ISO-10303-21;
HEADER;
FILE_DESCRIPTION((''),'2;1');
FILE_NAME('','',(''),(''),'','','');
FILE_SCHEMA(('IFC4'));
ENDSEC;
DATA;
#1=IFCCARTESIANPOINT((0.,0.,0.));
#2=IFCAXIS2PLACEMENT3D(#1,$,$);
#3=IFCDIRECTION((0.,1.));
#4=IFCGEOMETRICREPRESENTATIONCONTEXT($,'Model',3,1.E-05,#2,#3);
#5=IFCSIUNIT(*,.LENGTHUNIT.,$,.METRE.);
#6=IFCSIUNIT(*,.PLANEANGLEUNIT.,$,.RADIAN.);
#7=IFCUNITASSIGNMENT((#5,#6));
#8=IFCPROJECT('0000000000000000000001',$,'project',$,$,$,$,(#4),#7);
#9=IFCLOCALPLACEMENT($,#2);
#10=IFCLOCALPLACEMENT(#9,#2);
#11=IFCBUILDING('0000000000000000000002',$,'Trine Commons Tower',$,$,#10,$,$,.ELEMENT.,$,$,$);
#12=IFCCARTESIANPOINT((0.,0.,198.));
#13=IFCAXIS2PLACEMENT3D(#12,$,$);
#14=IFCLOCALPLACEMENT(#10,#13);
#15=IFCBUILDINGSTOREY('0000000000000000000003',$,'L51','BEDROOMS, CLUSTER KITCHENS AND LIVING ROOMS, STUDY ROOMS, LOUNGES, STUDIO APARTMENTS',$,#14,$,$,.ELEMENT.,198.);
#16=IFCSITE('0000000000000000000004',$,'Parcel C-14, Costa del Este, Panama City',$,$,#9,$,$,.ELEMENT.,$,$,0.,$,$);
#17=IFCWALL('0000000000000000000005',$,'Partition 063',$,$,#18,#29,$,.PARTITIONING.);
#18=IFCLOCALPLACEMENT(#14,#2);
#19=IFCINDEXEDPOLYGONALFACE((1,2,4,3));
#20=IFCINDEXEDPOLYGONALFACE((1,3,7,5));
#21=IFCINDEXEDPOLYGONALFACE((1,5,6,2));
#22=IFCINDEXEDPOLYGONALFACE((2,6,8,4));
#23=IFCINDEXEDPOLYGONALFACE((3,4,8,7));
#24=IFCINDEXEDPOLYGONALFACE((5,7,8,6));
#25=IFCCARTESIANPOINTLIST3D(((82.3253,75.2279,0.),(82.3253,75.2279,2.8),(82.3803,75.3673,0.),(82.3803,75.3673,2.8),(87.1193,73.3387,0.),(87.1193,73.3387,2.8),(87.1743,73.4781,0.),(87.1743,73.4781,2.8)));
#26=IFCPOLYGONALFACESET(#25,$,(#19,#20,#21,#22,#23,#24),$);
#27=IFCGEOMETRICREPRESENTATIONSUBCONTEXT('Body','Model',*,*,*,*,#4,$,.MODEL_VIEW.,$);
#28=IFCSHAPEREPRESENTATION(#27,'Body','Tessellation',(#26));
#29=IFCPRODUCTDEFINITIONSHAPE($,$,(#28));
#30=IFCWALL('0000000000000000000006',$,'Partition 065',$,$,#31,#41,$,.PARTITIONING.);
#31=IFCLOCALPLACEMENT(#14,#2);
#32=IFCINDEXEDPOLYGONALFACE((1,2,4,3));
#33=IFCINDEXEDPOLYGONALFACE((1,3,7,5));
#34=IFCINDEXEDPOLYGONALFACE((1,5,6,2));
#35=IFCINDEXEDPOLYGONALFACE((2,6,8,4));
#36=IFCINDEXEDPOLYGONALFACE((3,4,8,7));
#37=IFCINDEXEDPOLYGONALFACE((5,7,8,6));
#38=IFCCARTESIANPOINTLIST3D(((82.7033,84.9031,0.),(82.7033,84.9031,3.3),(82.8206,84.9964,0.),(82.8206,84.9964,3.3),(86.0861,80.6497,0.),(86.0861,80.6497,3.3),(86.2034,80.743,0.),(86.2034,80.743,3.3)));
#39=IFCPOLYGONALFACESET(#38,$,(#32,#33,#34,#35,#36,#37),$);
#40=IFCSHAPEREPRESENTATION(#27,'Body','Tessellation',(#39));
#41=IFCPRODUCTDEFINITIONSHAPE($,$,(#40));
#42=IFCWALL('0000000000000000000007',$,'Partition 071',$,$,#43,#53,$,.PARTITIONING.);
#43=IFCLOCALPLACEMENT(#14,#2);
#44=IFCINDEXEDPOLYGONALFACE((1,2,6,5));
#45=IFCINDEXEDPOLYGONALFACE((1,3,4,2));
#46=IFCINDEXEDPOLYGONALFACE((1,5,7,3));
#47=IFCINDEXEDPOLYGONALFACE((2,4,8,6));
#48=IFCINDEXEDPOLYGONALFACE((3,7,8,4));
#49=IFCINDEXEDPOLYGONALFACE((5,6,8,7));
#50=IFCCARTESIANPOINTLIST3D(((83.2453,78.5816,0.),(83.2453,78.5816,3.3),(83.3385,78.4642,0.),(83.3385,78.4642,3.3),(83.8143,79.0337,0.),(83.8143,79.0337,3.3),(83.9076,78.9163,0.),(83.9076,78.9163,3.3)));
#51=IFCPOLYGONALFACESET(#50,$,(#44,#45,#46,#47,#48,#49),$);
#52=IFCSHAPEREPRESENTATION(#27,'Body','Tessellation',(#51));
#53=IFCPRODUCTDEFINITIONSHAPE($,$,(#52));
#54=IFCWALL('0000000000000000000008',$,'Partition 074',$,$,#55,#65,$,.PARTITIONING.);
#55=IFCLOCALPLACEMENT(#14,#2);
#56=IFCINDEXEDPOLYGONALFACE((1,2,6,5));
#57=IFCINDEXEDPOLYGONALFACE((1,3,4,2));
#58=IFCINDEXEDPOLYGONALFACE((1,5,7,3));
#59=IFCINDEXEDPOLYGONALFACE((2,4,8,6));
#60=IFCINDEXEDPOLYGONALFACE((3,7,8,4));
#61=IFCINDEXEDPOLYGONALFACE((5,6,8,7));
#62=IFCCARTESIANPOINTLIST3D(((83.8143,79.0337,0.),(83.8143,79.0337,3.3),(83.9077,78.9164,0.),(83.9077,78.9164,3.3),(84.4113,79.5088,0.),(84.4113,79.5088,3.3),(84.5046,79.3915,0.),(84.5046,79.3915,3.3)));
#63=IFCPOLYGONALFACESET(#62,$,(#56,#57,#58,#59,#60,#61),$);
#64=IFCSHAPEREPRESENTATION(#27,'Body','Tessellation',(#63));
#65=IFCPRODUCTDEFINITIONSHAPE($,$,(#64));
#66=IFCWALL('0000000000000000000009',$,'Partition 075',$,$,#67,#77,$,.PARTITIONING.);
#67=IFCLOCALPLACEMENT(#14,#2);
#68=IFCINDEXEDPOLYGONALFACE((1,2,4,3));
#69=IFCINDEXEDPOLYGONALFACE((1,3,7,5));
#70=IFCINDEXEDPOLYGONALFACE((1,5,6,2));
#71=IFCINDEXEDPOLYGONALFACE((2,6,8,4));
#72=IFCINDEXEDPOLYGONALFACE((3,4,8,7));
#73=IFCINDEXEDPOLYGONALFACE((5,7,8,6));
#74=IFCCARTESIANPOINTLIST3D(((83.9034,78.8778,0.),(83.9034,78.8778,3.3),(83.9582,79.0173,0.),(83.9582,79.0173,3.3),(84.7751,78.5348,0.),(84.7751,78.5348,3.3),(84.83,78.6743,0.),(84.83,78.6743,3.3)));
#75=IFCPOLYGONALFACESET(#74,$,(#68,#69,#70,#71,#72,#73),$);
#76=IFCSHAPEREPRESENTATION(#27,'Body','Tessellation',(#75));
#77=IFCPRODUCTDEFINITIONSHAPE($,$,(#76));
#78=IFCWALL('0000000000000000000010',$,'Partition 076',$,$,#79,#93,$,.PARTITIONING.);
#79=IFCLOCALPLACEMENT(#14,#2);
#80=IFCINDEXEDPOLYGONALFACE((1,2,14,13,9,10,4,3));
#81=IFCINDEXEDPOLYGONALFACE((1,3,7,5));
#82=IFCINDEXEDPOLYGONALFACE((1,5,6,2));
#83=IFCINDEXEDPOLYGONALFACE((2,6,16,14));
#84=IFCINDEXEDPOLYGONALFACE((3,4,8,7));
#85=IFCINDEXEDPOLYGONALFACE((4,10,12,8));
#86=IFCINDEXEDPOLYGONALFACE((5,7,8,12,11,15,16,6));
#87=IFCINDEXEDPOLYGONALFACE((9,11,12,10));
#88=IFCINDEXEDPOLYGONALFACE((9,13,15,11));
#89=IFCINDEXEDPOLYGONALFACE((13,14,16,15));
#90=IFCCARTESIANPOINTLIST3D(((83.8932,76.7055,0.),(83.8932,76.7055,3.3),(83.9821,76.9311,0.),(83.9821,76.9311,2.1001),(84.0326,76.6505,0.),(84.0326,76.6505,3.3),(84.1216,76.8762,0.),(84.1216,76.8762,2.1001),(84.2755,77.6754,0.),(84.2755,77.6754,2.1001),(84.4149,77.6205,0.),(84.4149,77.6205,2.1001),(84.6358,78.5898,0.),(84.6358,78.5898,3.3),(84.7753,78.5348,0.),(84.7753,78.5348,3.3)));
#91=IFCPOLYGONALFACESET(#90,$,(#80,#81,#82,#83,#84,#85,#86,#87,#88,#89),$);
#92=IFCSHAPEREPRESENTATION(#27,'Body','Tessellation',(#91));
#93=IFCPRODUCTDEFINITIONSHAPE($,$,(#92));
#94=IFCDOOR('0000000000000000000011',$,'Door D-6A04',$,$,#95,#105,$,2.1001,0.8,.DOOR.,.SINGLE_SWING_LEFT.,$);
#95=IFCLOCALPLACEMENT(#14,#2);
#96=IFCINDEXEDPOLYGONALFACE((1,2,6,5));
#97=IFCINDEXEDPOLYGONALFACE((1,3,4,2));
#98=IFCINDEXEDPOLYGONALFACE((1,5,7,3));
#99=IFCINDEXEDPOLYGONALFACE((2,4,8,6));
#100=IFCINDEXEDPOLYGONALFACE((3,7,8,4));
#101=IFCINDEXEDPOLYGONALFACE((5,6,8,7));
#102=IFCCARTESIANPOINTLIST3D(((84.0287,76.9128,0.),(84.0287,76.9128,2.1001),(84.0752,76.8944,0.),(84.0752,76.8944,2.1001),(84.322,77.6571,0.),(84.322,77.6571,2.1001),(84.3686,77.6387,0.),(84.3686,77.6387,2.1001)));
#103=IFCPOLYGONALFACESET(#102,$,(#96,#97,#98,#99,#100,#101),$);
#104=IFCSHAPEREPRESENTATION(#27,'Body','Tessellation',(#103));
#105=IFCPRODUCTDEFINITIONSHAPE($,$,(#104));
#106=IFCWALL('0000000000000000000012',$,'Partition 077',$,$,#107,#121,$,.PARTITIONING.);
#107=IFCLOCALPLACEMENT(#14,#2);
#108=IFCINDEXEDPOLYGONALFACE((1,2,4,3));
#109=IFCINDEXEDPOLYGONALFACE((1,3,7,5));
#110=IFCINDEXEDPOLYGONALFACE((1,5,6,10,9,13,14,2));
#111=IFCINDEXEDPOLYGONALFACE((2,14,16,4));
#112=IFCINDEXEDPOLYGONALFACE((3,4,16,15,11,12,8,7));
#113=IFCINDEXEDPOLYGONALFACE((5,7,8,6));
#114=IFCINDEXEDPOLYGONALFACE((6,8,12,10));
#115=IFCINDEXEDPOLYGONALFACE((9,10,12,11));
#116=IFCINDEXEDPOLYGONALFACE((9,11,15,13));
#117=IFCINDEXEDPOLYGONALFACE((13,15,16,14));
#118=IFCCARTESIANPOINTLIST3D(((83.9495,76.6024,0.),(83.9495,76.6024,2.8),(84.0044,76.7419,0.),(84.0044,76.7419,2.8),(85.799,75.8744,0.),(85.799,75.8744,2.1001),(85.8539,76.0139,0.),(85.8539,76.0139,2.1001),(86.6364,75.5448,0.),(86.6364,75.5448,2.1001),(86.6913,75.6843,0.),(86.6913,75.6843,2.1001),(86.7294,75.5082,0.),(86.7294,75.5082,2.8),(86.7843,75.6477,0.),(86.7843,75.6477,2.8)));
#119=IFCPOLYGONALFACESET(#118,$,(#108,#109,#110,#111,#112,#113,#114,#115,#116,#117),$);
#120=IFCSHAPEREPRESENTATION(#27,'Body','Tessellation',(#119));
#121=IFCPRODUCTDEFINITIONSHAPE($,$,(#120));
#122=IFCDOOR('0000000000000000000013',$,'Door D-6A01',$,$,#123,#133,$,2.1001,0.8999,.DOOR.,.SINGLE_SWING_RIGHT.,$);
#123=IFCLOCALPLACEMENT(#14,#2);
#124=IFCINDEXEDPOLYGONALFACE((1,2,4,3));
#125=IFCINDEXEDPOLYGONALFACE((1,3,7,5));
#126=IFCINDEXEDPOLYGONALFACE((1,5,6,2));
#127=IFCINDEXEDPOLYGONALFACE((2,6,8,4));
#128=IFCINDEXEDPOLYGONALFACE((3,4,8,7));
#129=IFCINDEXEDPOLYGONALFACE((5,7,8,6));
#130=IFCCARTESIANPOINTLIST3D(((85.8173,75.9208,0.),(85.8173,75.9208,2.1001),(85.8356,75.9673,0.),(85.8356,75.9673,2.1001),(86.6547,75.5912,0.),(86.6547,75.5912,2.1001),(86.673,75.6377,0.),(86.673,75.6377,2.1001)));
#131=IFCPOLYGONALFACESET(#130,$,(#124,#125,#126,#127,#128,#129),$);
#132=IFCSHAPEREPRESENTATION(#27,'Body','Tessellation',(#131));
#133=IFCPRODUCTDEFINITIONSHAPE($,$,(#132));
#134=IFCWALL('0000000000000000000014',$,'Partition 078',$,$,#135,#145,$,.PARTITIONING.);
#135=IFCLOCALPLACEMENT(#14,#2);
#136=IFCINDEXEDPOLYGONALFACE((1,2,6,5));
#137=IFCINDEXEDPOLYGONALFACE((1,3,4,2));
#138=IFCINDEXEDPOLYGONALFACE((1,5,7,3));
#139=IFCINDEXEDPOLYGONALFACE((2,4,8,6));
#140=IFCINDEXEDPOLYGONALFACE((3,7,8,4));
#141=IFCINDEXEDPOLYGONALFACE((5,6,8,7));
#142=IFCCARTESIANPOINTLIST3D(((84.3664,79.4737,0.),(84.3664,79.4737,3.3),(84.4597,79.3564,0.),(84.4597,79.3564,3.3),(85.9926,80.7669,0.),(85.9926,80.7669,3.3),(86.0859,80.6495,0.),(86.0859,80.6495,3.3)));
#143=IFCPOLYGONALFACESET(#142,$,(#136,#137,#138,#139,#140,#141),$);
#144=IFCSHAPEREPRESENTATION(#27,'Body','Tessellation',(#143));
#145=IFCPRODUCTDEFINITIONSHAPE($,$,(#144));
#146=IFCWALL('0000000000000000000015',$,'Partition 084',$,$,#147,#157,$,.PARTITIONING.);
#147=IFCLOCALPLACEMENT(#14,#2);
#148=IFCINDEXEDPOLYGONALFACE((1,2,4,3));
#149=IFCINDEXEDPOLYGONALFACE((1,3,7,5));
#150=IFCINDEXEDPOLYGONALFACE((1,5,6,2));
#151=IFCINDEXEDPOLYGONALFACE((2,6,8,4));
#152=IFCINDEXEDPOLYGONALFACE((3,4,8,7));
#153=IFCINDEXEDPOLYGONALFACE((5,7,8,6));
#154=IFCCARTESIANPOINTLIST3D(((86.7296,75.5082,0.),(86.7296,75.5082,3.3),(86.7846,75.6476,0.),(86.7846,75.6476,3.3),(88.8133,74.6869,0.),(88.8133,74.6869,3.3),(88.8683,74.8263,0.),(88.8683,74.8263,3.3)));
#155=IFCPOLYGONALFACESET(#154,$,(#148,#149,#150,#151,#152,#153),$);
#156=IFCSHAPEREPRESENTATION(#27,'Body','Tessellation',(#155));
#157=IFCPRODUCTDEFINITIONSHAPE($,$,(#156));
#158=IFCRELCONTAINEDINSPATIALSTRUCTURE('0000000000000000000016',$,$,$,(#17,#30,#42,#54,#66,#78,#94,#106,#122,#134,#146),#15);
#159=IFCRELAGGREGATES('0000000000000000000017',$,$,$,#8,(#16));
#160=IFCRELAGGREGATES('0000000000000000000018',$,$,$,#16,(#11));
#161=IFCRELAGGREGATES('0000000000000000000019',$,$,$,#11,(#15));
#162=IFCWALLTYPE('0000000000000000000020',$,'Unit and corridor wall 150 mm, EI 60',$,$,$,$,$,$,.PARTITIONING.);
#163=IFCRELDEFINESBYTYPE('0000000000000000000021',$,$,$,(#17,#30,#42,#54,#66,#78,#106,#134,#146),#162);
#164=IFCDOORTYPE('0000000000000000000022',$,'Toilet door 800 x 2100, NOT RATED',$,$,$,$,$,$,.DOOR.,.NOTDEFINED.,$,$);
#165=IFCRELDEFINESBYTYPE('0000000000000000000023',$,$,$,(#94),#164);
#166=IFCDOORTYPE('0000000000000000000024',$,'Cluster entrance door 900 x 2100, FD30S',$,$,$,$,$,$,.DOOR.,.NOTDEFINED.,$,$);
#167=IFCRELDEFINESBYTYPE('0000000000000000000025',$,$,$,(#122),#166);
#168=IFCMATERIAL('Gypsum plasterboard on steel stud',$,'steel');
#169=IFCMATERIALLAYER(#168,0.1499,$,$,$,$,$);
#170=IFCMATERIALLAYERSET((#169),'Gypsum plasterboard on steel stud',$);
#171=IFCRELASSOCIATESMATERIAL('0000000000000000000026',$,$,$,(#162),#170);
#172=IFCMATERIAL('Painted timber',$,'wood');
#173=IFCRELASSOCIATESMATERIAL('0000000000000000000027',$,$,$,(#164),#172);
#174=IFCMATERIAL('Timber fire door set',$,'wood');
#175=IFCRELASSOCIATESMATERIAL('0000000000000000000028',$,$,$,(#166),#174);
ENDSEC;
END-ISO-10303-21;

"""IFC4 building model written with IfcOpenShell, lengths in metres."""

from ifc_helpers import new_model, si_unit, direction, frame, frame_2d, origin, place, context, subcontext, project, spatial, rectangle, extrude, material, layer, layer_set, type_object, element, fill, save


model = new_model("IFC4")

# Units and contexts
model_context = context("Model", 3, precision=1e-05, world=origin(), true_north=direction((0.0, 1.0)))
body_context = subcontext(model_context, "Body", "Model", "MODEL_VIEW")
ifc_project = project(units=[si_unit("LENGTHUNIT", "METRE"), si_unit("PLANEANGLEUNIT", "RADIAN")], contexts=[model_context])

# Site, building, storey
site_placement = place(None, origin())
site = spatial("IfcSite", under=ifc_project, at=site_placement, Name="Parcel C-14, Costa del Este, Panama City", CompositionType="ELEMENT", RefElevation=0.0)
building_placement = place(site_placement, origin())
building = spatial("IfcBuilding", under=site, at=building_placement, Name="Trine Commons Tower", CompositionType="ELEMENT")
storey_placement = place(building_placement, frame((0.0, 0.0, 198.0)))
storey = spatial("IfcBuildingStorey", under=building, at=storey_placement, Name="L51", Description="BEDROOMS, CLUSTER KITCHENS AND LIVING ROOMS, STUDY ROOMS, LOUNGES, STUDIO APARTMENTS", CompositionType="ELEMENT", Elevation=198.0)

# Shared definitions
ifc_material_1 = material(Name="Gypsum plasterboard on steel stud", Category="steel")
ifc_layer_1 = layer(ifc_material_1, 0.1499)
ifc_layer_set_1 = layer_set([ifc_layer_1], Name="Gypsum plasterboard on steel stud")
wall_type_1 = type_object("IfcWallType", Name="Unit and corridor wall 150 mm, EI 60", PredefinedType="PARTITIONING", material=ifc_layer_set_1)

# Shared definitions
ifc_material_2 = material(Name="Timber fire door set", Category="wood")

# Walls
wall_1_placement = place(storey_placement, frame((82.3528, 75.2976, 0.0), z_axis=(0.0, 0.0, 1.0), x_axis=(0.930366, -0.366631, 0.0)))
element("IfcWall", 1, at=wall_1_placement, inside=storey, type_object=wall_type_1, Name="Partition 063", PredefinedType="PARTITIONING", context=body_context, shape_type="SweptSolid", body=[
    extrude(rectangle(XDim=5.1528, YDim=0.1499, at=frame_2d((2.5764, 0.0))), origin(), (0.0, 0.0, 1.0), 2.8),
])
wall_2_placement = place(storey_placement, frame((82.762, 84.9497, 0.0), z_axis=(0.0, 0.0, 1.0), x_axis=(0.622457, -0.782654, 0.0)))
element("IfcWall", 2, at=wall_2_placement, inside=storey, type_object=wall_type_1, Name="Partition 065", PredefinedType="PARTITIONING", context=body_context, shape_type="SweptSolid", body=[
    extrude(rectangle(XDim=5.4346, YDim=0.1499, at=frame_2d((2.7173, 0.0))), origin(), (0.0, 0.0, 1.0), 3.3),
])
wall_3_placement = place(storey_placement, frame((83.292, 78.5229, 0.0), z_axis=(0.0, 0.0, 1.0), x_axis=(0.782962, 0.62207, 0.0)))
element("IfcWall", 3, at=wall_3_placement, inside=storey, type_object=wall_type_1, Name="Partition 071", PredefinedType="PARTITIONING", context=body_context, shape_type="SweptSolid", body=[
    extrude(rectangle(XDim=0.7268, YDim=0.1499, at=frame_2d((0.3633, 0.0))), origin(), (0.0, 0.0, 1.0), 3.3),
])
wall_4_placement = place(storey_placement, frame((83.8611, 78.9751, 0.0), z_axis=(0.0, 0.0, 1.0), x_axis=(0.782427, 0.622742, 0.0)))
element("IfcWall", 4, at=wall_4_placement, inside=storey, type_object=wall_type_1, Name="Partition 074", PredefinedType="PARTITIONING", context=body_context, shape_type="SweptSolid", body=[
    extrude(rectangle(XDim=0.7629, YDim=0.1499, at=frame_2d((0.3813, 0.0))), origin(), (0.0, 0.0, 1.0), 3.3),
])
wall_5_placement = place(storey_placement, frame((83.9309, 78.9475, 0.0), z_axis=(0.0, 0.0, 1.0), x_axis=(0.930564, -0.366128, 0.0)))
element("IfcWall", 5, at=wall_5_placement, inside=storey, type_object=wall_type_1, Name="Partition 075", PredefinedType="PARTITIONING", context=body_context, shape_type="SweptSolid", body=[
    extrude(rectangle(XDim=0.9368, YDim=0.1499, at=frame_2d((0.4683, 0.0))), origin(), (0.0, 0.0, 1.0), 3.3),
])

# Walls, openings, doors
wall_6_placement = place(storey_placement, frame((83.9629, 76.678, 0.0), z_axis=(0.0, 0.0, 1.0), x_axis=(0.366689, 0.930344, 0.0)))
wall_6 = element("IfcWall", 6, at=wall_6_placement, inside=storey, type_object=wall_type_1, Name="Partition 076", PredefinedType="PARTITIONING", context=body_context, shape_type="SweptSolid", body=[
    extrude(rectangle(XDim=2.0254, YDim=0.1499, at=frame_2d((1.0127, 0.0))), origin(), (0.0, 0.0, 1.0), 3.3),
])
opening_1_placement = place(wall_6_placement, frame((0.2427, 0.0, 0.0)))
opening_1 = element("IfcOpeningElement", 7, at=opening_1_placement, cuts=wall_6, PredefinedType="OPENING", context=body_context, shape_type="SweptSolid", body=[
    extrude(rectangle(XDim=0.8, YDim=2.1001, at=frame_2d((0.3999, 1.05))), frame((0.0, 0.085, 0.0), z_axis=(0.0, -1.0, 0.0), x_axis=(1.0, 0.0, 0.0)), (0.0, 0.0, 1.0), 0.1699),
])
ifc_material_3 = material(Name="Painted timber", Category="wood")
door_type_1 = type_object("IfcDoorType", Name="Toilet door 800 x 2100, NOT RATED", OperationType="NOTDEFINED", PredefinedType="DOOR", material=ifc_material_3)
door_1_placement = place(opening_1_placement, origin())
door_1 = element("IfcDoor", 8, at=door_1_placement, inside=storey, type_object=door_type_1, Name="Door D-6A04", OperationType="SINGLE_SWING_LEFT", OverallHeight=2.1001, OverallWidth=0.8, PredefinedType="DOOR", context=body_context, shape_type="SweptSolid", body=[
    extrude(rectangle(XDim=0.8, YDim=2.1001, at=frame_2d((0.3999, 1.05))), frame((0.0, 0.0249, 0.0), z_axis=(0.0, -1.0, 0.0), x_axis=(1.0, 0.0, 0.0)), (0.0, 0.0, 1.0), 0.05),
])
fill(opening_1, door_1)
wall_7_placement = place(storey_placement, frame((83.9771, 76.6721, 0.0), z_axis=(0.0, 0.0, 1.0), x_axis=(0.930514, -0.366257, 0.0)))
wall_7 = element("IfcWall", 9, at=wall_7_placement, inside=storey, type_object=wall_type_1, Name="Partition 077", PredefinedType="PARTITIONING", context=body_context, shape_type="SweptSolid", body=[
    extrude(rectangle(XDim=2.9875, YDim=0.1499, at=frame_2d((1.4937, 0.0))), origin(), (0.0, 0.0, 1.0), 2.8),
])
opening_2_placement = place(wall_7_placement, frame((1.9875, 0.0, 0.0)))
opening_2 = element("IfcOpeningElement", 10, at=opening_2_placement, cuts=wall_7, PredefinedType="OPENING", context=body_context, shape_type="SweptSolid", body=[
    extrude(rectangle(XDim=0.8999, YDim=2.1001, at=frame_2d((0.45, 1.05))), frame((0.0, 0.085, 0.0), z_axis=(0.0, -1.0, 0.0), x_axis=(1.0, 0.0, 0.0)), (0.0, 0.0, 1.0), 0.1699),
])
door_type_2 = type_object("IfcDoorType", Name="Cluster entrance door 900 x 2100, FD30S", OperationType="NOTDEFINED", PredefinedType="DOOR", material=ifc_material_2)
door_2_placement = place(opening_2_placement, origin())
door_2 = element("IfcDoor", 11, at=door_2_placement, inside=storey, type_object=door_type_2, Name="Door D-6A01", OperationType="SINGLE_SWING_RIGHT", OverallHeight=2.1001, OverallWidth=0.8999, PredefinedType="DOOR", context=body_context, shape_type="SweptSolid", body=[
    extrude(rectangle(XDim=0.8999, YDim=2.1001, at=frame_2d((0.45, 1.05))), frame((0.0, 0.0249, 0.0), z_axis=(0.0, -1.0, 0.0), x_axis=(1.0, 0.0, 0.0)), (0.0, 0.0, 1.0), 0.05),
])
fill(opening_2, door_2)

# Walls
wall_8_placement = place(storey_placement, frame((84.4131, 79.415, 0.0), z_axis=(0.0, 0.0, 1.0), x_axis=(0.782688, 0.622414, 0.0)))
element("IfcWall", 12, at=wall_8_placement, inside=storey, type_object=wall_type_1, Name="Partition 078", PredefinedType="PARTITIONING", context=body_context, shape_type="SweptSolid", body=[
    extrude(rectangle(XDim=2.0776, YDim=0.1499, at=frame_2d((1.0388, 0.0))), origin(), (0.0, 0.0, 1.0), 3.3),
])
wall_9_placement = place(storey_placement, frame((86.7571, 75.5779, 0.0), z_axis=(0.0, 0.0, 1.0), x_axis=(0.930344, -0.366687, 0.0)))
element("IfcWall", 13, at=wall_9_placement, inside=storey, type_object=wall_type_1, Name="Partition 084", PredefinedType="PARTITIONING", context=body_context, shape_type="SweptSolid", body=[
    extrude(rectangle(XDim=2.2397, YDim=0.1499, at=frame_2d((1.1199, 0.0))), origin(), (0.0, 0.0, 1.0), 3.3),
])

save(model, "model.ifc")
